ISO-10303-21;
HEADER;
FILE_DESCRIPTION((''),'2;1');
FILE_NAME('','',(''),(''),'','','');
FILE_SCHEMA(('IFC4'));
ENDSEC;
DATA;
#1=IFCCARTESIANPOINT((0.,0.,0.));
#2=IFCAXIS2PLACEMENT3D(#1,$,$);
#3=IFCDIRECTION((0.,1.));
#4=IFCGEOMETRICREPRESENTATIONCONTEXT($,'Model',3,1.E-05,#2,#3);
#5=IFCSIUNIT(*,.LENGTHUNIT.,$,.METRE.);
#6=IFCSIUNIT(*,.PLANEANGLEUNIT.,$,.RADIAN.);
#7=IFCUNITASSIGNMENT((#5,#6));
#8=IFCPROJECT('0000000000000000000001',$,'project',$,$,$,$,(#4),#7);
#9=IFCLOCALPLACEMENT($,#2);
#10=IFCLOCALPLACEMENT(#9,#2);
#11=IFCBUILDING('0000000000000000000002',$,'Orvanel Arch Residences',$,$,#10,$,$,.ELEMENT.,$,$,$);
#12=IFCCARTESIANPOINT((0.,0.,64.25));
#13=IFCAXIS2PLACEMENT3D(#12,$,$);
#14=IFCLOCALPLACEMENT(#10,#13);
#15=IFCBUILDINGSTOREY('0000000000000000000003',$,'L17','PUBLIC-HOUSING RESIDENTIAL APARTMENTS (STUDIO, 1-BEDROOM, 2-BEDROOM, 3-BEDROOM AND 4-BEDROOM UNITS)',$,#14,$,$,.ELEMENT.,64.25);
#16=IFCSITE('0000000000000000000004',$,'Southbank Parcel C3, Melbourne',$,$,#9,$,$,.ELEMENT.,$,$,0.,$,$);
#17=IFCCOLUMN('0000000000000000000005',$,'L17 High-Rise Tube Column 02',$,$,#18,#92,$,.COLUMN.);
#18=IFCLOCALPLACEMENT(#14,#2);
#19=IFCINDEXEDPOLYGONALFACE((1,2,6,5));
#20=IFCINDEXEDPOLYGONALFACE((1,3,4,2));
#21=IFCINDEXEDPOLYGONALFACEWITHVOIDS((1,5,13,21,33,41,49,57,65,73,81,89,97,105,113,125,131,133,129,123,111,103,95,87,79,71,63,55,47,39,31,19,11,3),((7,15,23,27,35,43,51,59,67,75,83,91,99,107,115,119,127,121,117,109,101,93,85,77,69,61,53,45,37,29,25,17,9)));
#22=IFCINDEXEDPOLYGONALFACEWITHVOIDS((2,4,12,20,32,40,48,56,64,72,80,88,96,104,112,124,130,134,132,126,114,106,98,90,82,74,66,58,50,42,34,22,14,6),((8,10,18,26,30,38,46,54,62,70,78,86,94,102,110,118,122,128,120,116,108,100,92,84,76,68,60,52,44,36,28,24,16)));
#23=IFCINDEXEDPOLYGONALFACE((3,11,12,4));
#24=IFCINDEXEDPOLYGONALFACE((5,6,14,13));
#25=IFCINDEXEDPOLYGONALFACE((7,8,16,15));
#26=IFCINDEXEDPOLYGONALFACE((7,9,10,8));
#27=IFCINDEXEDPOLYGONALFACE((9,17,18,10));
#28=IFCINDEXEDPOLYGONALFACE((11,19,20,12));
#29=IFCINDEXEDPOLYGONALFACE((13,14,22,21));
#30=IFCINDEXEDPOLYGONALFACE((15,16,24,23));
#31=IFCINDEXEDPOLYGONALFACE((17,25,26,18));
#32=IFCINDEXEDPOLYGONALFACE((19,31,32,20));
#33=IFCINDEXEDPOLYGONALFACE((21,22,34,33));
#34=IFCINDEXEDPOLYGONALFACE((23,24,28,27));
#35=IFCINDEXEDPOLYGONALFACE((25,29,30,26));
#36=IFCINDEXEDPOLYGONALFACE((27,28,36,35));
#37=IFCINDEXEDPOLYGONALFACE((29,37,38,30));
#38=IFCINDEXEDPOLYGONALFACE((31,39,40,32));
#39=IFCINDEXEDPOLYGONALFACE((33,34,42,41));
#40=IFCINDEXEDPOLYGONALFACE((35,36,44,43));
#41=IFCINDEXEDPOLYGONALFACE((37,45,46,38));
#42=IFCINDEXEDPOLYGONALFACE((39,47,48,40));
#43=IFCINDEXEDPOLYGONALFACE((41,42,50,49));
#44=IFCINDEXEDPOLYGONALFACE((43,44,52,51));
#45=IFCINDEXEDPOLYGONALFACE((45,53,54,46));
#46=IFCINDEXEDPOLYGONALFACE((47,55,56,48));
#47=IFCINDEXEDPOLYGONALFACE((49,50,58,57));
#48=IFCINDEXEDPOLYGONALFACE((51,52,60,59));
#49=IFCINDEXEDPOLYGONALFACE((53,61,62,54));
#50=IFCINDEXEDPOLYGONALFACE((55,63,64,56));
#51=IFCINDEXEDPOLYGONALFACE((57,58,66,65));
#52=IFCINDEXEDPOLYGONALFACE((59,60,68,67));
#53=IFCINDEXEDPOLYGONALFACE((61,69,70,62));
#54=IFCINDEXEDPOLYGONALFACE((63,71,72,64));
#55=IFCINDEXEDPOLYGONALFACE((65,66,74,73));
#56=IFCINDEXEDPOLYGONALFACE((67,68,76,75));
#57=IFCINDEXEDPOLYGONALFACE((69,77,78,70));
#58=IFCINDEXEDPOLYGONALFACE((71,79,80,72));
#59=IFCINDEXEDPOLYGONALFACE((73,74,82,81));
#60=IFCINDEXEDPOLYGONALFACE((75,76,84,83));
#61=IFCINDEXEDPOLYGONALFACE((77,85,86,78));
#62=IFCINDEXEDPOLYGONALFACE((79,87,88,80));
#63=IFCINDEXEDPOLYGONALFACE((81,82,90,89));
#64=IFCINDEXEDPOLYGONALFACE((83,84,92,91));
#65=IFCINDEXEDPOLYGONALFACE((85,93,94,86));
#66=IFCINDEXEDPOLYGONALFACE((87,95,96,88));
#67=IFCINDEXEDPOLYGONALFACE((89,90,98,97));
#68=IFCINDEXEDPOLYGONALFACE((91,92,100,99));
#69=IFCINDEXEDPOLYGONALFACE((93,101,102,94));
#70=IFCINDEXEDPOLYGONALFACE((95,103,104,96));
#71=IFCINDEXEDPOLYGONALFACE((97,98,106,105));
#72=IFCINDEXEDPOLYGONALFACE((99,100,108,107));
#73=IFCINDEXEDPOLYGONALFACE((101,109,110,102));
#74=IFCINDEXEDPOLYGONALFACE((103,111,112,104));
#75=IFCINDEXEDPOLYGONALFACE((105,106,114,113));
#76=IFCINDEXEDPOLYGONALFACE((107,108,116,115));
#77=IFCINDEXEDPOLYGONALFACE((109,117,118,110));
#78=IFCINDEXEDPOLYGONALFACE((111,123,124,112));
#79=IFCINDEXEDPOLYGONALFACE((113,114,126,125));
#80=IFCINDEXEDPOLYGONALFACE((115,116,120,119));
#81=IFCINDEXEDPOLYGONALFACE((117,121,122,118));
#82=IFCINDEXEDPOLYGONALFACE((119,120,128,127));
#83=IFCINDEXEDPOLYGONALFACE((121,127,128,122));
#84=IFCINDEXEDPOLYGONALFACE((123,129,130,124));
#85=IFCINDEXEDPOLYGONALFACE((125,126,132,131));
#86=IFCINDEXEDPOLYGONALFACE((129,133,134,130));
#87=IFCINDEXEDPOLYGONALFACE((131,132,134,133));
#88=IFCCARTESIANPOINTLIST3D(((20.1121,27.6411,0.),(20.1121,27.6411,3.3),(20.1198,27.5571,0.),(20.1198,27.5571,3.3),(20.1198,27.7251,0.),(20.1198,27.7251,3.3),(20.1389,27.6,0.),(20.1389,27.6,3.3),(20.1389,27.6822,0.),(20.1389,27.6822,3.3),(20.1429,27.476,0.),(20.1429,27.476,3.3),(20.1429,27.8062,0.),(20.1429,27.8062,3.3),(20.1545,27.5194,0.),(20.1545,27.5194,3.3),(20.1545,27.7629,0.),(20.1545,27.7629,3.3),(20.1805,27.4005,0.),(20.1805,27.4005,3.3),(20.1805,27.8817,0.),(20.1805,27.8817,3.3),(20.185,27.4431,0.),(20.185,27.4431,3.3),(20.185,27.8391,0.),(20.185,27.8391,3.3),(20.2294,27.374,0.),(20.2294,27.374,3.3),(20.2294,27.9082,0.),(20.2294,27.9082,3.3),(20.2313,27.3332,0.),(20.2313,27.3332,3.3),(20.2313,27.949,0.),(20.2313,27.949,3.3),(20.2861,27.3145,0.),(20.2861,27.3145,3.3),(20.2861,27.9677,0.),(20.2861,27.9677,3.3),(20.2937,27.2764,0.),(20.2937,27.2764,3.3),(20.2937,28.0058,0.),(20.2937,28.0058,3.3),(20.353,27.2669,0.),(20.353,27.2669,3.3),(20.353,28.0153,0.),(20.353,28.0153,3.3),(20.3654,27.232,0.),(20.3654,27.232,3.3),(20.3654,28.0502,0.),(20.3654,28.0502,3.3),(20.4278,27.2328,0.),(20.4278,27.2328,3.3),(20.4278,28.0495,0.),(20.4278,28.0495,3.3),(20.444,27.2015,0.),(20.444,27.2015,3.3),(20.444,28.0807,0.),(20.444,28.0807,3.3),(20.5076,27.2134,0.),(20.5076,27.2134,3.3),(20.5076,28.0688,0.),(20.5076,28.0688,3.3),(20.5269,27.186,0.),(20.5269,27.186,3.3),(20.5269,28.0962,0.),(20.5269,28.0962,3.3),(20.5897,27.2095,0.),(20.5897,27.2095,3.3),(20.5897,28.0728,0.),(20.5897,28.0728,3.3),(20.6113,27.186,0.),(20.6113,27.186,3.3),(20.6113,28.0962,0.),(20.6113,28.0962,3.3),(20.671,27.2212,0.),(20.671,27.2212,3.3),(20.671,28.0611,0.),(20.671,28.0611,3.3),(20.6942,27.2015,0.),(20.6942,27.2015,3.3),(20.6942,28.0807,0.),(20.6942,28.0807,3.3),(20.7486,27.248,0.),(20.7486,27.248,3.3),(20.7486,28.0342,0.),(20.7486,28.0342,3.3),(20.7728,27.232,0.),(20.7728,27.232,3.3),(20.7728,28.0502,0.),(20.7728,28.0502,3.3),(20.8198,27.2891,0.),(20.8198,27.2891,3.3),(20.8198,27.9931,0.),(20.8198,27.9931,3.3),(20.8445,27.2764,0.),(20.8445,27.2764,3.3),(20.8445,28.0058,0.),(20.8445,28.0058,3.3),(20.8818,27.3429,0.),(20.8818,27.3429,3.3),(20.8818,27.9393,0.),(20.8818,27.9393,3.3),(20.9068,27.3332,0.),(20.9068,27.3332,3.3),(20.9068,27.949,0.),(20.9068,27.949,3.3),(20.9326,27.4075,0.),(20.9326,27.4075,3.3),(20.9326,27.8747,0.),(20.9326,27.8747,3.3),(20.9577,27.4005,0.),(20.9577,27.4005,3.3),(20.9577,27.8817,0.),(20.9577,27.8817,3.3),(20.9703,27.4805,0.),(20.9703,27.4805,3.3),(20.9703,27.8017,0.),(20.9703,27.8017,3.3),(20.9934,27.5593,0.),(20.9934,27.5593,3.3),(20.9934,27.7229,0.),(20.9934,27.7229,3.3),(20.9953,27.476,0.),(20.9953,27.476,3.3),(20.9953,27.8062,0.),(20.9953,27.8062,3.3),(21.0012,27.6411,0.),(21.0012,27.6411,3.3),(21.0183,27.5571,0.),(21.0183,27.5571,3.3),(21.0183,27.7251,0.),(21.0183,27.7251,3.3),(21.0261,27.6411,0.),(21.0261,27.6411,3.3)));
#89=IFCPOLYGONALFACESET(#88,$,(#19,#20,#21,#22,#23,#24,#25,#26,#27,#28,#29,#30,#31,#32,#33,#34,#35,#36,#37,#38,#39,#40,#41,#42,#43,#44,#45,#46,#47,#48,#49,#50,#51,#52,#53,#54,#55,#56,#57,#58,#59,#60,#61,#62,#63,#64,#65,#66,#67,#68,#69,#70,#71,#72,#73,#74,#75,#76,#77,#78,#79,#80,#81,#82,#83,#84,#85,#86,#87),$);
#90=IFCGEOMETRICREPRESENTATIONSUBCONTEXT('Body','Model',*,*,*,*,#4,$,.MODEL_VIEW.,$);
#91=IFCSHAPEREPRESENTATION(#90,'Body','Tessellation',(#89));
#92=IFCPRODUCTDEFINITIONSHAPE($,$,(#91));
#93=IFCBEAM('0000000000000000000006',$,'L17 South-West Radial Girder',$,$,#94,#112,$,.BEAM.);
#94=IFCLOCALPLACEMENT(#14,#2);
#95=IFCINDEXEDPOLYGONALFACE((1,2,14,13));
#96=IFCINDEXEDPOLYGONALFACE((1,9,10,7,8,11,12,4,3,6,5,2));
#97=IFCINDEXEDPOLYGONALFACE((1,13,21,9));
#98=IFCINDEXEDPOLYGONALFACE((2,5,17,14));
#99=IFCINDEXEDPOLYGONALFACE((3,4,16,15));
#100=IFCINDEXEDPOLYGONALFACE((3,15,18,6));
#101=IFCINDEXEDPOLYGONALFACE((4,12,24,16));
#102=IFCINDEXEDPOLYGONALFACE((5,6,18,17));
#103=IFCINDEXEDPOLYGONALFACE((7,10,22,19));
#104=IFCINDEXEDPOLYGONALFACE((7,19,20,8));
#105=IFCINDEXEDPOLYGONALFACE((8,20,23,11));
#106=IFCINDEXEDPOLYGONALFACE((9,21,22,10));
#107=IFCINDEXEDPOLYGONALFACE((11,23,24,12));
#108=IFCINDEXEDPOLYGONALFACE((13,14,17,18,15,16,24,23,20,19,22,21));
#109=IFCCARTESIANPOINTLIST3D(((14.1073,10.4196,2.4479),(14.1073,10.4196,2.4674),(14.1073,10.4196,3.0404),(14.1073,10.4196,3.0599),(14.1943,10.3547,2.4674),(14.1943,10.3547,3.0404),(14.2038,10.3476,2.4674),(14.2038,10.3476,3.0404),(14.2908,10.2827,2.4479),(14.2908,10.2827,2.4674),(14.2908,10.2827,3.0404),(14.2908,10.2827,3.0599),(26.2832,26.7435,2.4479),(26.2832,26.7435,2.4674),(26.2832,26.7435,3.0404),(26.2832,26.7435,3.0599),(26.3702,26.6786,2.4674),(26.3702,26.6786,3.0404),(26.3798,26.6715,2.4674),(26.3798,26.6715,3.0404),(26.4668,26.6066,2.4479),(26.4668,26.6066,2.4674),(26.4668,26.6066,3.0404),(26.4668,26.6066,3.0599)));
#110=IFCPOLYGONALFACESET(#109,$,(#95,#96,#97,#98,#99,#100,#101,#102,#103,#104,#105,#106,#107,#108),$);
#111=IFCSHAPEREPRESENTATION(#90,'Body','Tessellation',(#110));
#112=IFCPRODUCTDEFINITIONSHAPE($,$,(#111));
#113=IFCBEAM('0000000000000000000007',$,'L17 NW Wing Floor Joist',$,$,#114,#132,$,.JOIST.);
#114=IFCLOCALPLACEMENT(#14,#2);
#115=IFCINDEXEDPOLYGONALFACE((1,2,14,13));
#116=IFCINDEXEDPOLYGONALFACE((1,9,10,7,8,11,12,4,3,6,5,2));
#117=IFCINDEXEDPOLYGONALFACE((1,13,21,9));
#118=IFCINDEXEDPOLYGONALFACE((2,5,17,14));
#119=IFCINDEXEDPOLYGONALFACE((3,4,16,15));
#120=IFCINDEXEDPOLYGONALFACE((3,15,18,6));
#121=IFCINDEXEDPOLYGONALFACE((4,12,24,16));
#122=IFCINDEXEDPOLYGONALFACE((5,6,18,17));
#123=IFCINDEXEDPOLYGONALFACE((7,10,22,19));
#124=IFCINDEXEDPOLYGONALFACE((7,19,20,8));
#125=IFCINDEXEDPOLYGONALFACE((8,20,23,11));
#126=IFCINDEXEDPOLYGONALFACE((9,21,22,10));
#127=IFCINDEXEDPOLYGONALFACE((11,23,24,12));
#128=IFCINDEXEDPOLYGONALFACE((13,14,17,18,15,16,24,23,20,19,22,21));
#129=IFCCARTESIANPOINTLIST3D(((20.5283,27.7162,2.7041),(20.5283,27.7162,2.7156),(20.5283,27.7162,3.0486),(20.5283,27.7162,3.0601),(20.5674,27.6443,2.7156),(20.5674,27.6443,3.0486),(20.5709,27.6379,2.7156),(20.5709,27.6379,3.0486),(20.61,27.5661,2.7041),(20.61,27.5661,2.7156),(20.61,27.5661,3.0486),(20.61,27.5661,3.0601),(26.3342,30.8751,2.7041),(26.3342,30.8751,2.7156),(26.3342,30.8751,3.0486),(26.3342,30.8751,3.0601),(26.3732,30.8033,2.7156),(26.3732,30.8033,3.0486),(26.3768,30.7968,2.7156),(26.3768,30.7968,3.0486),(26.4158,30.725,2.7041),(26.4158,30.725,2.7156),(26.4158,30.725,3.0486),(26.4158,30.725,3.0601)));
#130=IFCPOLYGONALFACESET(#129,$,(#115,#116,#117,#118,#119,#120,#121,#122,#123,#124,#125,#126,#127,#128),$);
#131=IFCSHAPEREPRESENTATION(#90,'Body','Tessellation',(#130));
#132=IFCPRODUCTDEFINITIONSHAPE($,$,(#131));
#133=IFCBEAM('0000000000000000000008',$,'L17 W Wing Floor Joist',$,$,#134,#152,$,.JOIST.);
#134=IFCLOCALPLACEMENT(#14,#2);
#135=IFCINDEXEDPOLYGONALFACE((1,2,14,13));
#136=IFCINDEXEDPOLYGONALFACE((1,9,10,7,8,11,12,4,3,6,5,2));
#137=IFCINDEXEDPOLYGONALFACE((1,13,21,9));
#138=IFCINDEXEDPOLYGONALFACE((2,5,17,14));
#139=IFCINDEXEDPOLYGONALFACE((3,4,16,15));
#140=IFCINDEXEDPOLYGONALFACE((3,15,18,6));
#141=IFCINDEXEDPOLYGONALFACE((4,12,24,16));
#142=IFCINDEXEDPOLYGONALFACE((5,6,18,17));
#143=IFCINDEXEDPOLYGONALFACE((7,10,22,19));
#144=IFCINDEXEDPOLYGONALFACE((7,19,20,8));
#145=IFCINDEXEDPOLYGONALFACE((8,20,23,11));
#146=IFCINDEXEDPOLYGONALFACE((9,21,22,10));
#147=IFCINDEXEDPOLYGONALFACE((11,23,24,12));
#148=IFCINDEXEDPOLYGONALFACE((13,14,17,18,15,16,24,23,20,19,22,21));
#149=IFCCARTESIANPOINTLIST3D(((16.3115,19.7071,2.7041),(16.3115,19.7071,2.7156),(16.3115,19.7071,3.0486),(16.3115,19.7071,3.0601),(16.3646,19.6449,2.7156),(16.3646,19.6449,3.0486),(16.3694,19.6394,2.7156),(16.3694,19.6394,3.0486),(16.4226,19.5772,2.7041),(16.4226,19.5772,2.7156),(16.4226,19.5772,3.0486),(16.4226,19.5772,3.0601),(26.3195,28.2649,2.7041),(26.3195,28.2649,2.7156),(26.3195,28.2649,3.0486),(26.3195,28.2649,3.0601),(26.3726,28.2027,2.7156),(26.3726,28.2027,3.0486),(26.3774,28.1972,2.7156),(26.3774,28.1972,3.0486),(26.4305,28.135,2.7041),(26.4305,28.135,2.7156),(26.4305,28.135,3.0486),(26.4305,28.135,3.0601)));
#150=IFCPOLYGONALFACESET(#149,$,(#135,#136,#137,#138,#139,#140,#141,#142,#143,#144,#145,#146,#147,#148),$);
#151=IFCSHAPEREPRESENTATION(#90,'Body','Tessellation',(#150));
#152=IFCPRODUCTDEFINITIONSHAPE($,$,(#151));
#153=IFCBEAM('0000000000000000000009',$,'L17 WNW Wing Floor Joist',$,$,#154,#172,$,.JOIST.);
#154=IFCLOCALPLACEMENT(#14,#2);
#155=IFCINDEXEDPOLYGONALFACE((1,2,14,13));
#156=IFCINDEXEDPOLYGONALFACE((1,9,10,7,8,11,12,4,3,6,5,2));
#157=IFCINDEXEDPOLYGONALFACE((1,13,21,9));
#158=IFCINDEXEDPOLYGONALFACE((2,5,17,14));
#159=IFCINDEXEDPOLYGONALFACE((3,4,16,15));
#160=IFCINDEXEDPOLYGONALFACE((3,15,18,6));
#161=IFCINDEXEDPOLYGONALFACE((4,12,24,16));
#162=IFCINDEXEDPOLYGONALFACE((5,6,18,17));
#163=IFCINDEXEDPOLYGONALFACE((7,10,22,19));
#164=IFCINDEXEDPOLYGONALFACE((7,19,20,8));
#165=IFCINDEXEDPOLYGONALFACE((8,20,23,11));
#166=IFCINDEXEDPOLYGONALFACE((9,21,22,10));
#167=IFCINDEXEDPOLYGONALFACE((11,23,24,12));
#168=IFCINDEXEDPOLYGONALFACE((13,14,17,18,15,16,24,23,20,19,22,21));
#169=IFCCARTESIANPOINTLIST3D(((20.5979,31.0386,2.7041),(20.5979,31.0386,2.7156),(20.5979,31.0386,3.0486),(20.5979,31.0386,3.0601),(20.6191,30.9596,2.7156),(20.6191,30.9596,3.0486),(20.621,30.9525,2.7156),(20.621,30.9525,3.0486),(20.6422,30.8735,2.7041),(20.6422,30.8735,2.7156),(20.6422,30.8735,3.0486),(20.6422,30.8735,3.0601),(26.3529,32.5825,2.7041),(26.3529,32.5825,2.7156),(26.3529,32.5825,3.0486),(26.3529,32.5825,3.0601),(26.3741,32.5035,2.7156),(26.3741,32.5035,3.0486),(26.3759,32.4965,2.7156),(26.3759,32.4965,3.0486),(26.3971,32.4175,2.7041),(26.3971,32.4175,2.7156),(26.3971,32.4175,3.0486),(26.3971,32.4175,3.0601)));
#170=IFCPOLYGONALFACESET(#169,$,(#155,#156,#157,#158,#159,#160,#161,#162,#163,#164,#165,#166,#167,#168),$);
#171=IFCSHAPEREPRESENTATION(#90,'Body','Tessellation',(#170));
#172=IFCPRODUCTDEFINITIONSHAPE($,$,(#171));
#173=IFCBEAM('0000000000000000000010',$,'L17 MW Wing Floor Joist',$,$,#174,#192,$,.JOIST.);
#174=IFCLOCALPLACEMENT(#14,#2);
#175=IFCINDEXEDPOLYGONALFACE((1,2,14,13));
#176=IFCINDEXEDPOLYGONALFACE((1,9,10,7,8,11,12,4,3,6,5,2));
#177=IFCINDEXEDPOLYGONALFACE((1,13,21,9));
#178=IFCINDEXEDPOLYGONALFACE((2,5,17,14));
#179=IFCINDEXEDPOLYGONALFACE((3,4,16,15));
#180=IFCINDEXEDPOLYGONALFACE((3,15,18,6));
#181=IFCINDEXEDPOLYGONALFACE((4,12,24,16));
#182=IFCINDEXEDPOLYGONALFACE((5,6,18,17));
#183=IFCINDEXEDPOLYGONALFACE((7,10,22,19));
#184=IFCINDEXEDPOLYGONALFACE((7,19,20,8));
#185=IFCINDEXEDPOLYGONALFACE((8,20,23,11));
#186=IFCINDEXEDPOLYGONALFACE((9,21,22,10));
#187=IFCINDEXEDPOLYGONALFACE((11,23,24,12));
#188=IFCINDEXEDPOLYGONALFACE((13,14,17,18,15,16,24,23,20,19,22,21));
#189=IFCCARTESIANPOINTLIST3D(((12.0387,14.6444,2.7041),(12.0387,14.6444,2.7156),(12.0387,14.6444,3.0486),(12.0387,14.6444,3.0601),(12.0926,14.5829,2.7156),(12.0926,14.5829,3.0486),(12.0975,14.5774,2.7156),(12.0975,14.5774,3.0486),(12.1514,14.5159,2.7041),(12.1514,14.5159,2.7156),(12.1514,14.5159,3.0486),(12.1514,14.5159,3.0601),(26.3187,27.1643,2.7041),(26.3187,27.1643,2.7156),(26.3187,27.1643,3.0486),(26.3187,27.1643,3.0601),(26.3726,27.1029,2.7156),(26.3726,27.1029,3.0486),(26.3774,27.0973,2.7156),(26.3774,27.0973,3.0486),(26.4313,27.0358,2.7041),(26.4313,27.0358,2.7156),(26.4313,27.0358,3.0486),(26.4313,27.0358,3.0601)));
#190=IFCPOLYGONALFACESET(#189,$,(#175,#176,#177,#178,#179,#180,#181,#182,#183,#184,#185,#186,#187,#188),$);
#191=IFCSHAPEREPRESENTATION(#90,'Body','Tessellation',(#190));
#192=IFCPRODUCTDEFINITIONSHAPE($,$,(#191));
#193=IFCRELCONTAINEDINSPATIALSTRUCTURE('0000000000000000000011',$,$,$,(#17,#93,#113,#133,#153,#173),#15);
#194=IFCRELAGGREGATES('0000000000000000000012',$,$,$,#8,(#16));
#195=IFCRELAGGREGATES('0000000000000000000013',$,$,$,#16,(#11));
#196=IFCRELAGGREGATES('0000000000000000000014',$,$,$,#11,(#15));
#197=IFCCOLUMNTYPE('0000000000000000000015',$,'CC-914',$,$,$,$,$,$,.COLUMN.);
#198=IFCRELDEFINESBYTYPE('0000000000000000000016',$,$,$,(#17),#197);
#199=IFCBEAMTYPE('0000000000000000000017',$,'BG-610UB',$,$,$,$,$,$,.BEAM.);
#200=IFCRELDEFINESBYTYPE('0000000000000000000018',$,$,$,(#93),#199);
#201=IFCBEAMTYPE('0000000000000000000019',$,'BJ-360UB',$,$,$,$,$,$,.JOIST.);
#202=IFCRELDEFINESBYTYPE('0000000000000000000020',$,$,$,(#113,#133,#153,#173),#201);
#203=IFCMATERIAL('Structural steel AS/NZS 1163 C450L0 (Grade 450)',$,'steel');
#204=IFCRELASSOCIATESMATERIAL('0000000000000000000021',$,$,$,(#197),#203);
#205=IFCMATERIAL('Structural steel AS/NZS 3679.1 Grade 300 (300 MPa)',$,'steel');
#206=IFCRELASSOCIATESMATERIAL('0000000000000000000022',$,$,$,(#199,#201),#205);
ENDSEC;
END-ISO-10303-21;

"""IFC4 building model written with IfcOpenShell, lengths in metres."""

from ifc_helpers import new_model, si_unit, direction, frame, origin, origin_2d, place, context, subcontext, project, spatial, hollow_circle, i_section, extrude, material, material_profile, profile_set, type_object, element, save


model = new_model("IFC4")

# Units and contexts
model_context = context("Model", 3, precision=1e-05, world=origin(), true_north=direction((0.0, 1.0)))
body_context = subcontext(model_context, "Body", "Model", "MODEL_VIEW")
ifc_project = project(units=[si_unit("LENGTHUNIT", "METRE"), si_unit("PLANEANGLEUNIT", "RADIAN")], contexts=[model_context])

# Site, building, storey
site_placement = place(None, origin())
site = spatial("IfcSite", under=ifc_project, at=site_placement, Name="Southbank Parcel C3, Melbourne", CompositionType="ELEMENT", RefElevation=0.0)
building_placement = place(site_placement, origin())
building = spatial("IfcBuilding", under=site, at=building_placement, Name="Orvanel Arch Residences", CompositionType="ELEMENT")
storey_placement = place(building_placement, frame((0.0, 0.0, 64.25)))
storey = spatial("IfcBuildingStorey", under=building, at=storey_placement, Name="L17", Description="PUBLIC-HOUSING RESIDENTIAL APARTMENTS (STUDIO, 1-BEDROOM, 2-BEDROOM, 3-BEDROOM AND 4-BEDROOM UNITS)", CompositionType="ELEMENT", Elevation=64.25)

# Column
ifc_material_1 = material(Name="Structural steel AS/NZS 1163 C450L0 (Grade 450)", Category="steel")
ifc_material_profile_1 = material_profile(ifc_material_1, hollow_circle(Radius=0.457, WallThickness=0.0249, at=origin_2d()), Name="CHS914x25")
ifc_profile_set_1 = profile_set([ifc_material_profile_1], Name="Structural steel AS/NZS 1163 C450L0 (Grade 450)")
column_type = type_object("IfcColumnType", Name="CC-914", PredefinedType="COLUMN", material=ifc_profile_set_1)
column_placement = place(storey_placement, frame((20.5691, 27.6411, 0.0), z_axis=(0.0, 0.0, 1.0), x_axis=(1.0, 0.0, 0.0)))
element("IfcColumn", 1, at=column_placement, inside=storey, type_object=column_type, Name="L17 High-Rise Tube Column 02", PredefinedType="COLUMN", context=body_context, shape_type="SweptSolid", body=[
    extrude(hollow_circle(Radius=0.457, WallThickness=0.0249, at=origin_2d()), origin(), (0.0, 0.0, 1.0), 3.3),
])

# Beams
ifc_material_2 = material(Name="Structural steel AS/NZS 3679.1 Grade 300 (300 MPa)", Category="steel")
ifc_material_profile_2 = material_profile(ifc_material_2, i_section(OverallWidth=0.229, OverallDepth=0.6121, WebThickness=0.012, FlangeThickness=0.0195, at=origin_2d()), Name="610UB125")
ifc_profile_set_2 = profile_set([ifc_material_profile_2], Name="Structural steel AS/NZS 3679.1 Grade 300 (300 MPa)")
beam_type_1 = type_object("IfcBeamType", Name="BG-610UB", PredefinedType="BEAM", material=ifc_profile_set_2)
beam_1_placement = place(storey_placement, frame((26.375, 26.675, 2.7539), z_axis=(-0.597894, -0.801575, 0.0), x_axis=(0.801575, -0.597894, 0.0)))
element("IfcBeam", 2, at=beam_1_placement, inside=storey, type_object=beam_type_1, Name="L17 South-West Radial Girder", PredefinedType="BEAM", context=body_context, shape_type="SweptSolid", body=[
    extrude(i_section(OverallWidth=0.229, OverallDepth=0.6121, WebThickness=0.012, FlangeThickness=0.0195, at=origin_2d()), origin(), (0.0, 0.0, 1.0), 20.3647),
])
ifc_material_profile_3 = material_profile(ifc_material_2, i_section(OverallWidth=0.1709, OverallDepth=0.356, WebThickness=0.0073, FlangeThickness=0.0115, at=origin_2d()), Name="360UB50.7")
ifc_profile_set_3 = profile_set([ifc_material_profile_3], Name="Structural steel AS/NZS 3679.1 Grade 300 (300 MPa)")
beam_type_2 = type_object("IfcBeamType", Name="BJ-360UB", PredefinedType="JOIST", material=ifc_profile_set_3)
beam_2_placement = place(storey_placement, frame((26.375, 30.8, 2.8821), z_axis=(-0.878399, -0.477928, 0.0), x_axis=(0.477928, -0.878399, 0.0)))
element("IfcBeam", 3, at=beam_2_placement, inside=storey, type_object=beam_type_2, Name="L17 NW Wing Floor Joist", PredefinedType="JOIST", context=body_context, shape_type="SweptSolid", body=[
    extrude(i_section(OverallWidth=0.1709, OverallDepth=0.356, WebThickness=0.0073, FlangeThickness=0.0115, at=origin_2d()), origin(), (0.0, 0.0, 1.0), 6.6096),
])
beam_3_placement = place(storey_placement, frame((26.375, 28.2, 2.8821), z_axis=(-0.760024, -0.649895, 0.0), x_axis=(0.649895, -0.760024, 0.0)))
element("IfcBeam", 4, at=beam_3_placement, inside=storey, type_object=beam_type_2, Name="L17 W Wing Floor Joist", PredefinedType="JOIST", context=body_context, shape_type="SweptSolid", body=[
    extrude(i_section(OverallWidth=0.1709, OverallDepth=0.356, WebThickness=0.0073, FlangeThickness=0.0115, at=origin_2d()), origin(), (0.0, 0.0, 1.0), 13.168),
])
beam_4_placement = place(storey_placement, frame((26.375, 32.5, 2.8821), z_axis=(-0.965845, -0.259121, 0.0), x_axis=(0.259121, -0.965845, 0.0)))
element("IfcBeam", 5, at=beam_4_placement, inside=storey, type_object=beam_type_2, Name="L17 WNW Wing Floor Joist", PredefinedType="JOIST", context=body_context, shape_type="SweptSolid", body=[
    extrude(i_section(OverallWidth=0.1709, OverallDepth=0.356, WebThickness=0.0073, FlangeThickness=0.0115, at=origin_2d()), origin(), (0.0, 0.0, 1.0), 5.9585),
])
beam_5_placement = place(storey_placement, frame((26.375, 27.1001, 2.8821), z_axis=(-0.751924, -0.65925, 0.0), x_axis=(0.65925, -0.751924, 0.0)))
element("IfcBeam", 6, at=beam_5_placement, inside=storey, type_object=beam_type_2, Name="L17 MW Wing Floor Joist", PredefinedType="JOIST", context=body_context, shape_type="SweptSolid", body=[
    extrude(i_section(OverallWidth=0.1709, OverallDepth=0.356, WebThickness=0.0073, FlangeThickness=0.0115, at=origin_2d()), origin(), (0.0, 0.0, 1.0), 18.9912),
])

save(model, "model.ifc")
